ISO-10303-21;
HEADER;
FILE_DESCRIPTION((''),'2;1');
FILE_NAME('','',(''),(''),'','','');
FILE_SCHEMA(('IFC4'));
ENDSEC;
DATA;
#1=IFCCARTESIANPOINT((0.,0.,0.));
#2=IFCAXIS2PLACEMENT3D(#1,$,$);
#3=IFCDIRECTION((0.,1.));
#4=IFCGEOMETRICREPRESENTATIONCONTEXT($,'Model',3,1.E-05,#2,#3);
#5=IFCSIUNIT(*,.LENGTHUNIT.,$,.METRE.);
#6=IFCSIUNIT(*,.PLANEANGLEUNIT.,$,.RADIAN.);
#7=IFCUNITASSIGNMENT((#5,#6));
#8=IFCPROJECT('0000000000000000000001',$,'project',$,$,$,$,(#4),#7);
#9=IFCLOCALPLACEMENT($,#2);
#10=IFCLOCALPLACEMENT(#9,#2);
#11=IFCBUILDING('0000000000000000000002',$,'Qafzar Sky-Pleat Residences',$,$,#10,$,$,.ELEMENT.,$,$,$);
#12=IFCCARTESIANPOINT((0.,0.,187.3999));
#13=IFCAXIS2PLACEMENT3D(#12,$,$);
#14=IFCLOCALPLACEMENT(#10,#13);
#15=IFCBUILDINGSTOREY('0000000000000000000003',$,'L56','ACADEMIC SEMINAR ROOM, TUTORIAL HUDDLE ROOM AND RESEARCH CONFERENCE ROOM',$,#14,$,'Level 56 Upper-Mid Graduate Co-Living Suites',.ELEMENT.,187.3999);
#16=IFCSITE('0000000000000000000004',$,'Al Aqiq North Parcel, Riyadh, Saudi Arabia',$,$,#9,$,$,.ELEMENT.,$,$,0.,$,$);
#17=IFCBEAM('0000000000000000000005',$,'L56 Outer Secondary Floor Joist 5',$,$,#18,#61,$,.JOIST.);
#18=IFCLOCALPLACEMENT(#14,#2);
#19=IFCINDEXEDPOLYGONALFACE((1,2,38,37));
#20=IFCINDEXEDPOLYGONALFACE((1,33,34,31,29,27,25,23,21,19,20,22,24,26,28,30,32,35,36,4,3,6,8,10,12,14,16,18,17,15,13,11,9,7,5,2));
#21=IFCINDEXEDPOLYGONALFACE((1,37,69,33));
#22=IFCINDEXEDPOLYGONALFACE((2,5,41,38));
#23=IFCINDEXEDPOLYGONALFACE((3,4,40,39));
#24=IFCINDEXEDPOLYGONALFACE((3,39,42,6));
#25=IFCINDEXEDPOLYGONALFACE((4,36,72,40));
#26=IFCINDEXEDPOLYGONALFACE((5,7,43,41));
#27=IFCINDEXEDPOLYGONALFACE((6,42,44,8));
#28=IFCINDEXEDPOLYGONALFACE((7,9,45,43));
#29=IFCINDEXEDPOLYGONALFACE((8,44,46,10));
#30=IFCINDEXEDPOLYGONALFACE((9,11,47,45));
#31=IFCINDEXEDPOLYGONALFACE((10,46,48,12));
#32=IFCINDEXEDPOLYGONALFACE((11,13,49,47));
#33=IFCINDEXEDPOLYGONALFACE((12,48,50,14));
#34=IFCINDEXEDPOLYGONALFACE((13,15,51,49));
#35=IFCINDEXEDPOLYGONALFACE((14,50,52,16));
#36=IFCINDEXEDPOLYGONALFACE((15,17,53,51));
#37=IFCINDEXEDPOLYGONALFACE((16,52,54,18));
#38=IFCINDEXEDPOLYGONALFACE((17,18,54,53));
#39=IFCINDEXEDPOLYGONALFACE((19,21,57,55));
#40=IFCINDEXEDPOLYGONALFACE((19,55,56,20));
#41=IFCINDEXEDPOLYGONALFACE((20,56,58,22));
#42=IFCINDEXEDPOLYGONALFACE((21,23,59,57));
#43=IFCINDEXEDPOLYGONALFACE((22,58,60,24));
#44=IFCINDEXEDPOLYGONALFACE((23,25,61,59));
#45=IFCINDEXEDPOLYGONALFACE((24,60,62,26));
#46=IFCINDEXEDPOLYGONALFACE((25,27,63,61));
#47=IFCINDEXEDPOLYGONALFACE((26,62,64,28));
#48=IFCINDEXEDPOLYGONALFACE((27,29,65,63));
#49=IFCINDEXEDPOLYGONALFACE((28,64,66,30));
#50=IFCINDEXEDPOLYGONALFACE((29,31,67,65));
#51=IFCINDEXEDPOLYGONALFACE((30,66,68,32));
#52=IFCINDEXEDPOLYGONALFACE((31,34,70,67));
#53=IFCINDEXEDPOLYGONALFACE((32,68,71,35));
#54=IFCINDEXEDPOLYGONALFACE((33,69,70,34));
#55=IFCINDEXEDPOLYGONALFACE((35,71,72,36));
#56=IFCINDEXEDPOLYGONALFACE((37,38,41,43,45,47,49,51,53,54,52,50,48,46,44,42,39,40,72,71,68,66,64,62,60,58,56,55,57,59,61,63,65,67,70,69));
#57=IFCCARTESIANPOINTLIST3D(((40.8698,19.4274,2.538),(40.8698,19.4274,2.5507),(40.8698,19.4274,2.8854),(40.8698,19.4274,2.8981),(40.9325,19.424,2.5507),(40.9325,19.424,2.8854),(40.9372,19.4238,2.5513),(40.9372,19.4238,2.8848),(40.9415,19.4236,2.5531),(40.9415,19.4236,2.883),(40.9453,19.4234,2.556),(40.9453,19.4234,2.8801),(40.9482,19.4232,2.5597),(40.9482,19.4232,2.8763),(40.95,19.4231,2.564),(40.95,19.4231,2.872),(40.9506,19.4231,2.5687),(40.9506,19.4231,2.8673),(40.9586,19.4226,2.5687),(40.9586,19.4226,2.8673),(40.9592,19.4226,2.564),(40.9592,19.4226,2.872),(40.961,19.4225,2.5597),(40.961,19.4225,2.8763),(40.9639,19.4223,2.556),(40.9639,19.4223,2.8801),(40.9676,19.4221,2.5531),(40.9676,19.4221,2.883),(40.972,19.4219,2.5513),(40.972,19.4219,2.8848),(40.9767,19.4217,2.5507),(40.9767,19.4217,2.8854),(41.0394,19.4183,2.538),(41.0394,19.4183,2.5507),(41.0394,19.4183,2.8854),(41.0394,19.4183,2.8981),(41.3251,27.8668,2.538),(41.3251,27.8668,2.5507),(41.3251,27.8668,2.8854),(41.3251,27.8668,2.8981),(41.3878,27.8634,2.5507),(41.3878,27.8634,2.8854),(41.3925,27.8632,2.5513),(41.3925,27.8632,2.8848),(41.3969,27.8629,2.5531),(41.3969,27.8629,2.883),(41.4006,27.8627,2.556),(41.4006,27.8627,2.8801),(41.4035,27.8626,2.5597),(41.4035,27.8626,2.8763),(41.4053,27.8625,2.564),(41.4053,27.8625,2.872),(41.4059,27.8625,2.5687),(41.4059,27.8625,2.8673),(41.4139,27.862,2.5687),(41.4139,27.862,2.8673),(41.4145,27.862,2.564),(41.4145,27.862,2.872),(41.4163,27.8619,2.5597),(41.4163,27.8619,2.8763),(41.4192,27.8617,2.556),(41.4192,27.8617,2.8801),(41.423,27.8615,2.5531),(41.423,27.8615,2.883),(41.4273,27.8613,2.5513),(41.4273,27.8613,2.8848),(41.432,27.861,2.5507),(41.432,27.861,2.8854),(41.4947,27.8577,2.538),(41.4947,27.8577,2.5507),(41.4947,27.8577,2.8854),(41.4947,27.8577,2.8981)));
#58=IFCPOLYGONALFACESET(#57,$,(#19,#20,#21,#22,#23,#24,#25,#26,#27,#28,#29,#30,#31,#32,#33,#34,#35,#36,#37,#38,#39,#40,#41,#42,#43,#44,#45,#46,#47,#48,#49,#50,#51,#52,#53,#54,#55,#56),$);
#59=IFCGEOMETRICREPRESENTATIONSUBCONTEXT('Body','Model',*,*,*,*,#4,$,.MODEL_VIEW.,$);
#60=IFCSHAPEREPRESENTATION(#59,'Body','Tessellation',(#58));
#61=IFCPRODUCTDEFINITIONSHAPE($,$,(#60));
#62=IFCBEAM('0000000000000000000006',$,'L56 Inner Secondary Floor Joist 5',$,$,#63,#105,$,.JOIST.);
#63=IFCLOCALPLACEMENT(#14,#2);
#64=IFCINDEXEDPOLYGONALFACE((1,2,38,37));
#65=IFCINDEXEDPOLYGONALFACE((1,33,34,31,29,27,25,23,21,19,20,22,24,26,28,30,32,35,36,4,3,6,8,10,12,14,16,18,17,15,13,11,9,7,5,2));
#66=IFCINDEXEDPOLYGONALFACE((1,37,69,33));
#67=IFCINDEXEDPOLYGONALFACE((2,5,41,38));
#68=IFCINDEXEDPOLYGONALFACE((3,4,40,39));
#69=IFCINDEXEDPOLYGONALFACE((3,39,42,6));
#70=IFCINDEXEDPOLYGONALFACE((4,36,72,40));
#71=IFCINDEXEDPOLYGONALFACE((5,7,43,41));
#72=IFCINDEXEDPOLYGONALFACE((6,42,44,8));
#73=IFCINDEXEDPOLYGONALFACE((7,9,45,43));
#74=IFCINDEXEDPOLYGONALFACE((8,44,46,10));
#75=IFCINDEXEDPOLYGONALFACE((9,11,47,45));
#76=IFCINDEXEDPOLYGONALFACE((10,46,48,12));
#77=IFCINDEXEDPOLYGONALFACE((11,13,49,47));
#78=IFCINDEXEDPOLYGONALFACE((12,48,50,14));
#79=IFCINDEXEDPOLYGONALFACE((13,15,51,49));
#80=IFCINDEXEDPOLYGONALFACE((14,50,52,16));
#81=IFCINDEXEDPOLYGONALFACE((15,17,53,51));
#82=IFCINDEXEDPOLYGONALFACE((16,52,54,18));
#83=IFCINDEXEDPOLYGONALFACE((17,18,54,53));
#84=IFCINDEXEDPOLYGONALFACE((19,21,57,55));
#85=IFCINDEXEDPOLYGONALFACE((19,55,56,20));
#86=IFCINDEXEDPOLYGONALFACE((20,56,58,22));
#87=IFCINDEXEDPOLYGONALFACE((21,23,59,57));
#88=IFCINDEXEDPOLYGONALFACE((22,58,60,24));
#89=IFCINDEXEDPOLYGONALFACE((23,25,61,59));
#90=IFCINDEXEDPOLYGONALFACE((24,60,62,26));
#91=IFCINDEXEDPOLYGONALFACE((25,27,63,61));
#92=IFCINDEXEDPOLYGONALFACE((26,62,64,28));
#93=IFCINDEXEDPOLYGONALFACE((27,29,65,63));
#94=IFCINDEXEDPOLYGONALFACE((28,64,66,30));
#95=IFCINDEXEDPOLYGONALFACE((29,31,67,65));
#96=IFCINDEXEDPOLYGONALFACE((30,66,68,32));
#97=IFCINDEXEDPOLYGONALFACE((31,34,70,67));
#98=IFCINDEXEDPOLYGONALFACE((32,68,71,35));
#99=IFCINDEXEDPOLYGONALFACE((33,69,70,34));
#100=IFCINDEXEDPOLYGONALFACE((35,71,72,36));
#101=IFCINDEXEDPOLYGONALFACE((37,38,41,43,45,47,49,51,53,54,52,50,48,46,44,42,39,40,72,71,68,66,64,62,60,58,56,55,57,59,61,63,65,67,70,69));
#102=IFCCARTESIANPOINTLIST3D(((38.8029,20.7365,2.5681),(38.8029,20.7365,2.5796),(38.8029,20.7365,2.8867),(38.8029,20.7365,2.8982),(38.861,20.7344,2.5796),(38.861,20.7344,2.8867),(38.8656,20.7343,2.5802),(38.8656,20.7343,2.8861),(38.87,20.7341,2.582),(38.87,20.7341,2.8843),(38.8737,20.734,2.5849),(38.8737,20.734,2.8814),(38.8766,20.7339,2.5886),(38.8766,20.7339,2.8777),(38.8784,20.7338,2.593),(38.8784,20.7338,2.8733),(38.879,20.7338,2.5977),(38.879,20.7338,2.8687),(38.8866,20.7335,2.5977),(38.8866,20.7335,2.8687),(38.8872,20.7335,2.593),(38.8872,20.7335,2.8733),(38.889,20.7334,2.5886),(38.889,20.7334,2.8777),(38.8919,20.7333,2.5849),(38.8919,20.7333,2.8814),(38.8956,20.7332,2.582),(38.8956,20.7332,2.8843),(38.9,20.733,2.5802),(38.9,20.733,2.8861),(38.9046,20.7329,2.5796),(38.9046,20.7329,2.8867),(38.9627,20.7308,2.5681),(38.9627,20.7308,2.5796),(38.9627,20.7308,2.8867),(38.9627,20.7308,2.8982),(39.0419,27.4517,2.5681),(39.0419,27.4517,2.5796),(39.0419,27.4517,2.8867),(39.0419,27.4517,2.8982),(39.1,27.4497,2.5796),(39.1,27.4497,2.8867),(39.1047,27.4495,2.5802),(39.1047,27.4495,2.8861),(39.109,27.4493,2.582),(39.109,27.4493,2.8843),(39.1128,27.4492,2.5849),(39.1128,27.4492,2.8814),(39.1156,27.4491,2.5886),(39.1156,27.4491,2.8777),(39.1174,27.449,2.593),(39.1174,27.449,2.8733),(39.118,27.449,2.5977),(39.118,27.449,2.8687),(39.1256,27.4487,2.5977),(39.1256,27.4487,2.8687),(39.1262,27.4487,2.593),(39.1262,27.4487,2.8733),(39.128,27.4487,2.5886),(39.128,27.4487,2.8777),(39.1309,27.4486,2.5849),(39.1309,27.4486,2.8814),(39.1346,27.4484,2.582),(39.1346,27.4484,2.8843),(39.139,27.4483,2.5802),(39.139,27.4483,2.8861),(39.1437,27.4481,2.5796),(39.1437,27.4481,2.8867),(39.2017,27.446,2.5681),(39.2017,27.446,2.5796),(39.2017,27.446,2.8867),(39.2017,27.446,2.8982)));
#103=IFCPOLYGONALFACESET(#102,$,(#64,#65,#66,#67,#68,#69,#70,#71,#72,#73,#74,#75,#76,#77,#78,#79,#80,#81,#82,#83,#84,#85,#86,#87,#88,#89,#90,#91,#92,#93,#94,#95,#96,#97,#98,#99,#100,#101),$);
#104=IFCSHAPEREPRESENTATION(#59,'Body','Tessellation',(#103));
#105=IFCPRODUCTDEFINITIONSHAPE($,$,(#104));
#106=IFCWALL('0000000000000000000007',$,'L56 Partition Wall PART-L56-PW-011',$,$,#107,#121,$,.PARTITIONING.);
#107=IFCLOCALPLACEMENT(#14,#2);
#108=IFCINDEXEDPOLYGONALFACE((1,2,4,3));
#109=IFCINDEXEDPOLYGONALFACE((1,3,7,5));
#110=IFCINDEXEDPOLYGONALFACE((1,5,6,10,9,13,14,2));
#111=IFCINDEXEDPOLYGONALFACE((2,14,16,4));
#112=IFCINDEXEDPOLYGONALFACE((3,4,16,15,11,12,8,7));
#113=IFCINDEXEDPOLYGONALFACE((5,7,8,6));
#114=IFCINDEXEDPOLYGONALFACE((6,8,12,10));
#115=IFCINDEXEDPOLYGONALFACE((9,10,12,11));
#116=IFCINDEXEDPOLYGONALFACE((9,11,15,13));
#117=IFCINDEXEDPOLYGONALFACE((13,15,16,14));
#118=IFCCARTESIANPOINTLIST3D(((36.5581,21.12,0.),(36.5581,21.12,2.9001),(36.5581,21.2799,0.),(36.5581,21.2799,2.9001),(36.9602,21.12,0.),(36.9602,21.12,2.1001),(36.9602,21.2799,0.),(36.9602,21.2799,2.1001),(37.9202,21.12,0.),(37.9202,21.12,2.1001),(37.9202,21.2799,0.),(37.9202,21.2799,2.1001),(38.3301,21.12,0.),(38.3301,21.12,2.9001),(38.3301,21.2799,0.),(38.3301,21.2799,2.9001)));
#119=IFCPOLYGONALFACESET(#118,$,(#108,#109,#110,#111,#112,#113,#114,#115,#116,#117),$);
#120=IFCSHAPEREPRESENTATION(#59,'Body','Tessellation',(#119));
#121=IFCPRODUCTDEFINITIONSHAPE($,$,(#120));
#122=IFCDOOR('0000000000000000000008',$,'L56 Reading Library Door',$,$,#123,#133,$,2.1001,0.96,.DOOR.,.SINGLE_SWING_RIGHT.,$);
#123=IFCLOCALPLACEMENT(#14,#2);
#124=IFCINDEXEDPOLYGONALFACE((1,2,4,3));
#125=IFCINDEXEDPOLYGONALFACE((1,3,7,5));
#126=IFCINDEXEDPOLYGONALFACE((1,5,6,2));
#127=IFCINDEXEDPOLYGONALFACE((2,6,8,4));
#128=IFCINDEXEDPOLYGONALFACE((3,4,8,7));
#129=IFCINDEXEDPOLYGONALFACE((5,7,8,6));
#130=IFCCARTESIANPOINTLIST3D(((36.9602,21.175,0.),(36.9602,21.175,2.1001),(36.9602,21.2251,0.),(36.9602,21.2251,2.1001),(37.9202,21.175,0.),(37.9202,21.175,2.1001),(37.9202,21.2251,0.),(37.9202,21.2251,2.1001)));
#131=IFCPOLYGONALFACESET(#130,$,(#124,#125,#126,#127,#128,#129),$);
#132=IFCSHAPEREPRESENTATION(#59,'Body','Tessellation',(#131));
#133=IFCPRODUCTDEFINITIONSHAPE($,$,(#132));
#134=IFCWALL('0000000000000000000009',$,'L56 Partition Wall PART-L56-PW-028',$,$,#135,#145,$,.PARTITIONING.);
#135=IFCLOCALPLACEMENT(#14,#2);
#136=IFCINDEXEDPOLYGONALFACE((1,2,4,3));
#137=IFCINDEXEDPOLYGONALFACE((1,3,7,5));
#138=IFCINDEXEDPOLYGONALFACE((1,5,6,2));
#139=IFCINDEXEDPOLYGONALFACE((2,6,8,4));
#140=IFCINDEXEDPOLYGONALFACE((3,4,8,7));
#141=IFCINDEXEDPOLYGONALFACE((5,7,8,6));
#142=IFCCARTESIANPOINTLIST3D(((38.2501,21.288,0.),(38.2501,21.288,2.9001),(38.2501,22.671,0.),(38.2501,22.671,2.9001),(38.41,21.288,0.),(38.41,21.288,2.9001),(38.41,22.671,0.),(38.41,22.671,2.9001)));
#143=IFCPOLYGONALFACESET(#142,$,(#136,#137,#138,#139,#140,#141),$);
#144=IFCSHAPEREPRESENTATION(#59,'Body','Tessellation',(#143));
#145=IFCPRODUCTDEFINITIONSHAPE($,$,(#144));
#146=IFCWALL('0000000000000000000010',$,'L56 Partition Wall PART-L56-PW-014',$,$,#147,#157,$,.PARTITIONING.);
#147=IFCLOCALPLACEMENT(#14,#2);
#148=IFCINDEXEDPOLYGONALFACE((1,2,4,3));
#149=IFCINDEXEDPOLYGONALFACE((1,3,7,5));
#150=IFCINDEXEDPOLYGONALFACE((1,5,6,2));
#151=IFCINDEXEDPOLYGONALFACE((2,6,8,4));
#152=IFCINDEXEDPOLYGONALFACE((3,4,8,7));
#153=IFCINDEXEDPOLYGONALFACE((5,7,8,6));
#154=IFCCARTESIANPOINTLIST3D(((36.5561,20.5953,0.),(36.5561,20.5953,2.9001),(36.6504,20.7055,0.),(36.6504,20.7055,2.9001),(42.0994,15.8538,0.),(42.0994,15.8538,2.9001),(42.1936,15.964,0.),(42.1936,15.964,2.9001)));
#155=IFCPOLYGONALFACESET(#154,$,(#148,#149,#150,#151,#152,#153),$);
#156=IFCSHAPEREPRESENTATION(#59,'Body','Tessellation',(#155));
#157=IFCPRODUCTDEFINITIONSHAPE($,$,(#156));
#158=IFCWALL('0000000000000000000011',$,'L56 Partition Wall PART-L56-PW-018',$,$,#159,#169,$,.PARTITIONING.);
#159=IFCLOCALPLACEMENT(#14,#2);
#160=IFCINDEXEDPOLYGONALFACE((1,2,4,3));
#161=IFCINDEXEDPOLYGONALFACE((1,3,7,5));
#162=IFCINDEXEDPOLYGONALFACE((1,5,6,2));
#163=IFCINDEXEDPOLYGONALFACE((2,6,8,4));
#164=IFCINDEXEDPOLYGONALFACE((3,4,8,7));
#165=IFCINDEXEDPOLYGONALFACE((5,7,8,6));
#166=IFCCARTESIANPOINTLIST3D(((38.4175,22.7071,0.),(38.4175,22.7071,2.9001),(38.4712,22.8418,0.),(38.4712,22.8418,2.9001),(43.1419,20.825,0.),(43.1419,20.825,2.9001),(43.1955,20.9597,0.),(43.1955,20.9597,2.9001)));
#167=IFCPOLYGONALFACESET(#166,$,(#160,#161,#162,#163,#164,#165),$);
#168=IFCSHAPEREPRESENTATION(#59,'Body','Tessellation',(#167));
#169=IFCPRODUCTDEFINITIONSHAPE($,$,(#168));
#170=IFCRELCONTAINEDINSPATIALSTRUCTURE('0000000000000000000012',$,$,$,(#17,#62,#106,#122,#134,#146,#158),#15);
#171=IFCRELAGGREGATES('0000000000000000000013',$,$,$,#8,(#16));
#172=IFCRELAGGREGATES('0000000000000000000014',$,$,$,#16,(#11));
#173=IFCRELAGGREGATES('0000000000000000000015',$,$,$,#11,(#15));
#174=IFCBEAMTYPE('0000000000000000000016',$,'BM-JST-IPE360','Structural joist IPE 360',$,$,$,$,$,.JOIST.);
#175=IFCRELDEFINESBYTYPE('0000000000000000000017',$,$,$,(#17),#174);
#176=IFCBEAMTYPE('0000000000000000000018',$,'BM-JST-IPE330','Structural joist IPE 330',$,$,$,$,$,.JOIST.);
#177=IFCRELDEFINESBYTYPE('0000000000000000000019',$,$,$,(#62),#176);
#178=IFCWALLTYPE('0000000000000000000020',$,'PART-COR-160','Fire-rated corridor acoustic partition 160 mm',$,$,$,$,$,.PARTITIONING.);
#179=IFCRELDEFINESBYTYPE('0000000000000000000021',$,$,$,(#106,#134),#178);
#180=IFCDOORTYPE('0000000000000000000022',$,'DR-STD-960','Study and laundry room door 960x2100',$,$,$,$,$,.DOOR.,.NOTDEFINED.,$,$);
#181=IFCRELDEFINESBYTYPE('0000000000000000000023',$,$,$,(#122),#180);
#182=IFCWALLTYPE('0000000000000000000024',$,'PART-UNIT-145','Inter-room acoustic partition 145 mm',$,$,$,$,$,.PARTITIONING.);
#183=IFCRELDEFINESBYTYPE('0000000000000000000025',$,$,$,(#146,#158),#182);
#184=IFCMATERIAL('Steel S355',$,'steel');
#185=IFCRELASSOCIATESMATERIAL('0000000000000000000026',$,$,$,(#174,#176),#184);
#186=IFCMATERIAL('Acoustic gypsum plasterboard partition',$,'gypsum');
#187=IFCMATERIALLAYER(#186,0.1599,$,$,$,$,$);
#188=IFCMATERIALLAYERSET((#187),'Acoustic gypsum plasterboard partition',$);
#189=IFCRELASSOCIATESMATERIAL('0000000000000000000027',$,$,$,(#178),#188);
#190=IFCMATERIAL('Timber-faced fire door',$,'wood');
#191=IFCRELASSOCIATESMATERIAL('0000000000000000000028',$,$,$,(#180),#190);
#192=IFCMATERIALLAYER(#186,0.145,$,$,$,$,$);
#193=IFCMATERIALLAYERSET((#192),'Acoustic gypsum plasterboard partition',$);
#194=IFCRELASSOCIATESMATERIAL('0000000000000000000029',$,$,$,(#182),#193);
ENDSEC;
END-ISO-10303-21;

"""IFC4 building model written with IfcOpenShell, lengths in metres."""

from ifc_helpers import new_model, si_unit, direction, frame, frame_2d, origin, origin_2d, place, context, subcontext, project, spatial, rectangle, i_section, extrude, source, transform, mapped, material, layer, layer_set, material_profile, profile_set, type_object, element, fill, save


model = new_model("IFC4")

# Units and contexts
model_context = context("Model", 3, precision=1e-05, world=origin(), true_north=direction((0.0, 1.0)))
body_context = subcontext(model_context, "Body", "Model", "MODEL_VIEW")
ifc_project = project(units=[si_unit("LENGTHUNIT", "METRE"), si_unit("PLANEANGLEUNIT", "RADIAN")], contexts=[model_context])

# Site, building, storey
site_placement = place(None, origin())
site = spatial("IfcSite", under=ifc_project, at=site_placement, Name="Al Aqiq North Parcel, Riyadh, Saudi Arabia", CompositionType="ELEMENT", RefElevation=0.0)
building_placement = place(site_placement, origin())
building = spatial("IfcBuilding", under=site, at=building_placement, Name="Qafzar Sky-Pleat Residences", CompositionType="ELEMENT")
storey_placement = place(building_placement, frame((0.0, 0.0, 187.3999)))
storey = spatial("IfcBuildingStorey", under=building, at=storey_placement, Name="L56", Description="ACADEMIC SEMINAR ROOM, TUTORIAL HUDDLE ROOM AND RESEARCH CONFERENCE ROOM", LongName="Level 56 Upper-Mid Graduate Co-Living Suites", CompositionType="ELEMENT", Elevation=187.3999)

# Shared definitions
ifc_material_1 = material(Name="Steel S355", Category="steel")

# Beams
ifc_material_profile_1 = material_profile(ifc_material_1, i_section(OverallWidth=0.1699, OverallDepth=0.3601, WebThickness=0.0081, FlangeThickness=0.0127, FilletRadius=0.0181, at=origin_2d()), Name="IPE 360")
ifc_profile_set_1 = profile_set([ifc_material_profile_1], Name="Steel S355")
beam_type_1 = type_object("IfcBeamType", Name="BM-JST-IPE360", Description="Structural joist IPE 360", PredefinedType="JOIST", material=ifc_profile_set_1)
shared_shape_1 = source(origin(), body_context, "Body", "SweptSolid", [
    extrude(i_section(OverallWidth=0.1699, OverallDepth=0.3601, WebThickness=0.0081, FlangeThickness=0.0127, FilletRadius=0.0181, at=origin_2d()), origin(), (0.0, 0.0, 1.0), 8.4517),
])
beam_1_placement = place(storey_placement, frame((40.9546, 19.4229, 2.718), z_axis=(0.053873, 0.998548, 0.0), x_axis=(-0.998548, 0.053873, 0.0)))
element("IfcBeam", 1, at=beam_1_placement, inside=storey, type_object=beam_type_1, Name="L56 Outer Secondary Floor Joist 5", PredefinedType="JOIST", context=body_context, shape_type="MappedRepresentation", body=[
    mapped(shared_shape_1, transform((0.0, 0.0, 0.0), x_axis=(1.0, 0.0, 0.0), y_axis=(0.0, 1.0, 0.0), z_axis=(0.0, 0.0, 1.0), scale=1.0)),
])
ifc_material_profile_2 = material_profile(ifc_material_1, i_section(OverallWidth=0.1599, OverallDepth=0.3301, WebThickness=0.0076, FlangeThickness=0.0115, FilletRadius=0.0181, at=origin_2d()), Name="IPE 330")
ifc_profile_set_2 = profile_set([ifc_material_profile_2], Name="Steel S355")
beam_type_2 = type_object("IfcBeamType", Name="BM-JST-IPE330", Description="Structural joist IPE 330", PredefinedType="JOIST", material=ifc_profile_set_2)
shared_shape_2 = source(origin(), body_context, "Body", "SweptSolid", [
    extrude(i_section(OverallWidth=0.1599, OverallDepth=0.3301, WebThickness=0.0076, FlangeThickness=0.0115, FilletRadius=0.0181, at=origin_2d()), origin(), (0.0, 0.0, 1.0), 6.7195),
])
beam_2_placement = place(storey_placement, frame((38.8828, 20.7336, 2.7332), z_axis=(0.03557, 0.999367, 0.0), x_axis=(-0.999367, 0.03557, 0.0)))
element("IfcBeam", 2, at=beam_2_placement, inside=storey, type_object=beam_type_2, Name="L56 Inner Secondary Floor Joist 5", PredefinedType="JOIST", context=body_context, shape_type="MappedRepresentation", body=[
    mapped(shared_shape_2, transform((0.0, 0.0, 0.0), x_axis=(1.0, 0.0, 0.0), y_axis=(0.0, 1.0, 0.0), z_axis=(0.0, 0.0, 1.0), scale=1.0)),
])

# Wall, opening, door
ifc_material_2 = material(Name="Acoustic gypsum plasterboard partition", Category="gypsum")
ifc_layer_1 = layer(ifc_material_2, 0.1599)
ifc_layer_set_1 = layer_set([ifc_layer_1], Name="Acoustic gypsum plasterboard partition")
wall_type_1 = type_object("IfcWallType", Name="PART-COR-160", Description="Fire-rated corridor acoustic partition 160 mm", PredefinedType="PARTITIONING", material=ifc_layer_set_1)
wall_1_placement = place(storey_placement, frame((38.3301, 21.2, 0.0), z_axis=(0.0, 0.0, 1.0), x_axis=(-1.0, 0.0, 0.0)))
wall_1 = element("IfcWall", 3, at=wall_1_placement, inside=storey, type_object=wall_type_1, Name="L56 Partition Wall PART-L56-PW-011", PredefinedType="PARTITIONING", context=body_context, shape_type="SweptSolid", body=[
    extrude(rectangle(XDim=1.772, YDim=0.1599, at=frame_2d((0.886, 0.0))), origin(), (0.0, 0.0, 1.0), 2.9001),
])
opening_1_placement = place(wall_1_placement, frame((0.4099, 0.0, 0.0)))
opening_1 = element("IfcOpeningElement", 4, at=opening_1_placement, cuts=wall_1, PredefinedType="OPENING", context=body_context, shape_type="SweptSolid", body=[
    extrude(rectangle(XDim=0.96, YDim=2.1001, at=frame_2d((0.48, 1.05))), frame((0.0, 0.0898, 0.0), z_axis=(0.0, -1.0, 0.0), x_axis=(1.0, 0.0, 0.0)), (0.0, 0.0, 1.0), 0.1799),
])
ifc_material_3 = material(Name="Timber-faced fire door", Category="wood")
door_type_1 = type_object("IfcDoorType", Name="DR-STD-960", Description="Study and laundry room door 960x2100", OperationType="NOTDEFINED", PredefinedType="DOOR", material=ifc_material_3)
shared_shape_3 = source(origin(), body_context, "Body", "SweptSolid", [
    extrude(rectangle(XDim=0.96, YDim=2.1001, at=frame_2d((0.48, 1.05))), frame((0.0, 0.0249, 0.0), z_axis=(0.0, -1.0, 0.0), x_axis=(1.0, 0.0, 0.0)), (0.0, 0.0, 1.0), 0.05),
])
door_1_placement = place(opening_1_placement, origin())
door_1 = element("IfcDoor", 5, at=door_1_placement, inside=storey, type_object=door_type_1, Name="L56 Reading Library Door", OperationType="SINGLE_SWING_RIGHT", OverallHeight=2.1001, OverallWidth=0.96, PredefinedType="DOOR", context=body_context, shape_type="MappedRepresentation", body=[
    mapped(shared_shape_3, transform((0.0, 0.0, 0.0), x_axis=(1.0, 0.0, 0.0), y_axis=(0.0, 1.0, 0.0), z_axis=(0.0, 0.0, 1.0), scale=1.0)),
])
fill(opening_1, door_1)

# Walls
wall_2_placement = place(storey_placement, frame((38.3301, 21.2881, 0.0), z_axis=(0.0, 0.0, 1.0), x_axis=(0.0, 1.0, 0.0)))
element("IfcWall", 6, at=wall_2_placement, inside=storey, type_object=wall_type_1, Name="L56 Partition Wall PART-L56-PW-028", PredefinedType="PARTITIONING", context=body_context, shape_type="SweptSolid", body=[
    extrude(rectangle(XDim=1.3831, YDim=0.1599, at=frame_2d((0.6914, 0.0))), origin(), (0.0, 0.0, 1.0), 2.9001),
])
ifc_layer_2 = layer(ifc_material_2, 0.145)
ifc_layer_set_2 = layer_set([ifc_layer_2], Name="Acoustic gypsum plasterboard partition")
wall_type_2 = type_object("IfcWallType", Name="PART-UNIT-145", Description="Inter-room acoustic partition 145 mm", PredefinedType="PARTITIONING", material=ifc_layer_set_2)
wall_3_placement = place(storey_placement, frame((36.6033, 20.6504, 0.0), z_axis=(0.0, 0.0, 1.0), x_axis=(0.759925, -0.650011, 0.0)))
element("IfcWall", 7, at=wall_3_placement, inside=storey, type_object=wall_type_2, Name="L56 Partition Wall PART-L56-PW-014", PredefinedType="PARTITIONING", context=body_context, shape_type="SweptSolid", body=[
    extrude(rectangle(XDim=7.2944, YDim=0.145, at=frame_2d((3.6472, 0.0))), origin(), (0.0, 0.0, 1.0), 2.9001),
])
wall_4_placement = place(storey_placement, frame((38.4443, 22.7744, 0.0), z_axis=(0.0, 0.0, 1.0), x_axis=(0.928996, -0.370091, 0.0)))
element("IfcWall", 8, at=wall_4_placement, inside=storey, type_object=wall_type_2, Name="L56 Partition Wall PART-L56-PW-018", PredefinedType="PARTITIONING", context=body_context, shape_type="SweptSolid", body=[
    extrude(rectangle(XDim=5.0854, YDim=0.145, at=frame_2d((2.5427, 0.0))), origin(), (0.0, 0.0, 1.0), 2.9001),
])

save(model, "model.ifc")
